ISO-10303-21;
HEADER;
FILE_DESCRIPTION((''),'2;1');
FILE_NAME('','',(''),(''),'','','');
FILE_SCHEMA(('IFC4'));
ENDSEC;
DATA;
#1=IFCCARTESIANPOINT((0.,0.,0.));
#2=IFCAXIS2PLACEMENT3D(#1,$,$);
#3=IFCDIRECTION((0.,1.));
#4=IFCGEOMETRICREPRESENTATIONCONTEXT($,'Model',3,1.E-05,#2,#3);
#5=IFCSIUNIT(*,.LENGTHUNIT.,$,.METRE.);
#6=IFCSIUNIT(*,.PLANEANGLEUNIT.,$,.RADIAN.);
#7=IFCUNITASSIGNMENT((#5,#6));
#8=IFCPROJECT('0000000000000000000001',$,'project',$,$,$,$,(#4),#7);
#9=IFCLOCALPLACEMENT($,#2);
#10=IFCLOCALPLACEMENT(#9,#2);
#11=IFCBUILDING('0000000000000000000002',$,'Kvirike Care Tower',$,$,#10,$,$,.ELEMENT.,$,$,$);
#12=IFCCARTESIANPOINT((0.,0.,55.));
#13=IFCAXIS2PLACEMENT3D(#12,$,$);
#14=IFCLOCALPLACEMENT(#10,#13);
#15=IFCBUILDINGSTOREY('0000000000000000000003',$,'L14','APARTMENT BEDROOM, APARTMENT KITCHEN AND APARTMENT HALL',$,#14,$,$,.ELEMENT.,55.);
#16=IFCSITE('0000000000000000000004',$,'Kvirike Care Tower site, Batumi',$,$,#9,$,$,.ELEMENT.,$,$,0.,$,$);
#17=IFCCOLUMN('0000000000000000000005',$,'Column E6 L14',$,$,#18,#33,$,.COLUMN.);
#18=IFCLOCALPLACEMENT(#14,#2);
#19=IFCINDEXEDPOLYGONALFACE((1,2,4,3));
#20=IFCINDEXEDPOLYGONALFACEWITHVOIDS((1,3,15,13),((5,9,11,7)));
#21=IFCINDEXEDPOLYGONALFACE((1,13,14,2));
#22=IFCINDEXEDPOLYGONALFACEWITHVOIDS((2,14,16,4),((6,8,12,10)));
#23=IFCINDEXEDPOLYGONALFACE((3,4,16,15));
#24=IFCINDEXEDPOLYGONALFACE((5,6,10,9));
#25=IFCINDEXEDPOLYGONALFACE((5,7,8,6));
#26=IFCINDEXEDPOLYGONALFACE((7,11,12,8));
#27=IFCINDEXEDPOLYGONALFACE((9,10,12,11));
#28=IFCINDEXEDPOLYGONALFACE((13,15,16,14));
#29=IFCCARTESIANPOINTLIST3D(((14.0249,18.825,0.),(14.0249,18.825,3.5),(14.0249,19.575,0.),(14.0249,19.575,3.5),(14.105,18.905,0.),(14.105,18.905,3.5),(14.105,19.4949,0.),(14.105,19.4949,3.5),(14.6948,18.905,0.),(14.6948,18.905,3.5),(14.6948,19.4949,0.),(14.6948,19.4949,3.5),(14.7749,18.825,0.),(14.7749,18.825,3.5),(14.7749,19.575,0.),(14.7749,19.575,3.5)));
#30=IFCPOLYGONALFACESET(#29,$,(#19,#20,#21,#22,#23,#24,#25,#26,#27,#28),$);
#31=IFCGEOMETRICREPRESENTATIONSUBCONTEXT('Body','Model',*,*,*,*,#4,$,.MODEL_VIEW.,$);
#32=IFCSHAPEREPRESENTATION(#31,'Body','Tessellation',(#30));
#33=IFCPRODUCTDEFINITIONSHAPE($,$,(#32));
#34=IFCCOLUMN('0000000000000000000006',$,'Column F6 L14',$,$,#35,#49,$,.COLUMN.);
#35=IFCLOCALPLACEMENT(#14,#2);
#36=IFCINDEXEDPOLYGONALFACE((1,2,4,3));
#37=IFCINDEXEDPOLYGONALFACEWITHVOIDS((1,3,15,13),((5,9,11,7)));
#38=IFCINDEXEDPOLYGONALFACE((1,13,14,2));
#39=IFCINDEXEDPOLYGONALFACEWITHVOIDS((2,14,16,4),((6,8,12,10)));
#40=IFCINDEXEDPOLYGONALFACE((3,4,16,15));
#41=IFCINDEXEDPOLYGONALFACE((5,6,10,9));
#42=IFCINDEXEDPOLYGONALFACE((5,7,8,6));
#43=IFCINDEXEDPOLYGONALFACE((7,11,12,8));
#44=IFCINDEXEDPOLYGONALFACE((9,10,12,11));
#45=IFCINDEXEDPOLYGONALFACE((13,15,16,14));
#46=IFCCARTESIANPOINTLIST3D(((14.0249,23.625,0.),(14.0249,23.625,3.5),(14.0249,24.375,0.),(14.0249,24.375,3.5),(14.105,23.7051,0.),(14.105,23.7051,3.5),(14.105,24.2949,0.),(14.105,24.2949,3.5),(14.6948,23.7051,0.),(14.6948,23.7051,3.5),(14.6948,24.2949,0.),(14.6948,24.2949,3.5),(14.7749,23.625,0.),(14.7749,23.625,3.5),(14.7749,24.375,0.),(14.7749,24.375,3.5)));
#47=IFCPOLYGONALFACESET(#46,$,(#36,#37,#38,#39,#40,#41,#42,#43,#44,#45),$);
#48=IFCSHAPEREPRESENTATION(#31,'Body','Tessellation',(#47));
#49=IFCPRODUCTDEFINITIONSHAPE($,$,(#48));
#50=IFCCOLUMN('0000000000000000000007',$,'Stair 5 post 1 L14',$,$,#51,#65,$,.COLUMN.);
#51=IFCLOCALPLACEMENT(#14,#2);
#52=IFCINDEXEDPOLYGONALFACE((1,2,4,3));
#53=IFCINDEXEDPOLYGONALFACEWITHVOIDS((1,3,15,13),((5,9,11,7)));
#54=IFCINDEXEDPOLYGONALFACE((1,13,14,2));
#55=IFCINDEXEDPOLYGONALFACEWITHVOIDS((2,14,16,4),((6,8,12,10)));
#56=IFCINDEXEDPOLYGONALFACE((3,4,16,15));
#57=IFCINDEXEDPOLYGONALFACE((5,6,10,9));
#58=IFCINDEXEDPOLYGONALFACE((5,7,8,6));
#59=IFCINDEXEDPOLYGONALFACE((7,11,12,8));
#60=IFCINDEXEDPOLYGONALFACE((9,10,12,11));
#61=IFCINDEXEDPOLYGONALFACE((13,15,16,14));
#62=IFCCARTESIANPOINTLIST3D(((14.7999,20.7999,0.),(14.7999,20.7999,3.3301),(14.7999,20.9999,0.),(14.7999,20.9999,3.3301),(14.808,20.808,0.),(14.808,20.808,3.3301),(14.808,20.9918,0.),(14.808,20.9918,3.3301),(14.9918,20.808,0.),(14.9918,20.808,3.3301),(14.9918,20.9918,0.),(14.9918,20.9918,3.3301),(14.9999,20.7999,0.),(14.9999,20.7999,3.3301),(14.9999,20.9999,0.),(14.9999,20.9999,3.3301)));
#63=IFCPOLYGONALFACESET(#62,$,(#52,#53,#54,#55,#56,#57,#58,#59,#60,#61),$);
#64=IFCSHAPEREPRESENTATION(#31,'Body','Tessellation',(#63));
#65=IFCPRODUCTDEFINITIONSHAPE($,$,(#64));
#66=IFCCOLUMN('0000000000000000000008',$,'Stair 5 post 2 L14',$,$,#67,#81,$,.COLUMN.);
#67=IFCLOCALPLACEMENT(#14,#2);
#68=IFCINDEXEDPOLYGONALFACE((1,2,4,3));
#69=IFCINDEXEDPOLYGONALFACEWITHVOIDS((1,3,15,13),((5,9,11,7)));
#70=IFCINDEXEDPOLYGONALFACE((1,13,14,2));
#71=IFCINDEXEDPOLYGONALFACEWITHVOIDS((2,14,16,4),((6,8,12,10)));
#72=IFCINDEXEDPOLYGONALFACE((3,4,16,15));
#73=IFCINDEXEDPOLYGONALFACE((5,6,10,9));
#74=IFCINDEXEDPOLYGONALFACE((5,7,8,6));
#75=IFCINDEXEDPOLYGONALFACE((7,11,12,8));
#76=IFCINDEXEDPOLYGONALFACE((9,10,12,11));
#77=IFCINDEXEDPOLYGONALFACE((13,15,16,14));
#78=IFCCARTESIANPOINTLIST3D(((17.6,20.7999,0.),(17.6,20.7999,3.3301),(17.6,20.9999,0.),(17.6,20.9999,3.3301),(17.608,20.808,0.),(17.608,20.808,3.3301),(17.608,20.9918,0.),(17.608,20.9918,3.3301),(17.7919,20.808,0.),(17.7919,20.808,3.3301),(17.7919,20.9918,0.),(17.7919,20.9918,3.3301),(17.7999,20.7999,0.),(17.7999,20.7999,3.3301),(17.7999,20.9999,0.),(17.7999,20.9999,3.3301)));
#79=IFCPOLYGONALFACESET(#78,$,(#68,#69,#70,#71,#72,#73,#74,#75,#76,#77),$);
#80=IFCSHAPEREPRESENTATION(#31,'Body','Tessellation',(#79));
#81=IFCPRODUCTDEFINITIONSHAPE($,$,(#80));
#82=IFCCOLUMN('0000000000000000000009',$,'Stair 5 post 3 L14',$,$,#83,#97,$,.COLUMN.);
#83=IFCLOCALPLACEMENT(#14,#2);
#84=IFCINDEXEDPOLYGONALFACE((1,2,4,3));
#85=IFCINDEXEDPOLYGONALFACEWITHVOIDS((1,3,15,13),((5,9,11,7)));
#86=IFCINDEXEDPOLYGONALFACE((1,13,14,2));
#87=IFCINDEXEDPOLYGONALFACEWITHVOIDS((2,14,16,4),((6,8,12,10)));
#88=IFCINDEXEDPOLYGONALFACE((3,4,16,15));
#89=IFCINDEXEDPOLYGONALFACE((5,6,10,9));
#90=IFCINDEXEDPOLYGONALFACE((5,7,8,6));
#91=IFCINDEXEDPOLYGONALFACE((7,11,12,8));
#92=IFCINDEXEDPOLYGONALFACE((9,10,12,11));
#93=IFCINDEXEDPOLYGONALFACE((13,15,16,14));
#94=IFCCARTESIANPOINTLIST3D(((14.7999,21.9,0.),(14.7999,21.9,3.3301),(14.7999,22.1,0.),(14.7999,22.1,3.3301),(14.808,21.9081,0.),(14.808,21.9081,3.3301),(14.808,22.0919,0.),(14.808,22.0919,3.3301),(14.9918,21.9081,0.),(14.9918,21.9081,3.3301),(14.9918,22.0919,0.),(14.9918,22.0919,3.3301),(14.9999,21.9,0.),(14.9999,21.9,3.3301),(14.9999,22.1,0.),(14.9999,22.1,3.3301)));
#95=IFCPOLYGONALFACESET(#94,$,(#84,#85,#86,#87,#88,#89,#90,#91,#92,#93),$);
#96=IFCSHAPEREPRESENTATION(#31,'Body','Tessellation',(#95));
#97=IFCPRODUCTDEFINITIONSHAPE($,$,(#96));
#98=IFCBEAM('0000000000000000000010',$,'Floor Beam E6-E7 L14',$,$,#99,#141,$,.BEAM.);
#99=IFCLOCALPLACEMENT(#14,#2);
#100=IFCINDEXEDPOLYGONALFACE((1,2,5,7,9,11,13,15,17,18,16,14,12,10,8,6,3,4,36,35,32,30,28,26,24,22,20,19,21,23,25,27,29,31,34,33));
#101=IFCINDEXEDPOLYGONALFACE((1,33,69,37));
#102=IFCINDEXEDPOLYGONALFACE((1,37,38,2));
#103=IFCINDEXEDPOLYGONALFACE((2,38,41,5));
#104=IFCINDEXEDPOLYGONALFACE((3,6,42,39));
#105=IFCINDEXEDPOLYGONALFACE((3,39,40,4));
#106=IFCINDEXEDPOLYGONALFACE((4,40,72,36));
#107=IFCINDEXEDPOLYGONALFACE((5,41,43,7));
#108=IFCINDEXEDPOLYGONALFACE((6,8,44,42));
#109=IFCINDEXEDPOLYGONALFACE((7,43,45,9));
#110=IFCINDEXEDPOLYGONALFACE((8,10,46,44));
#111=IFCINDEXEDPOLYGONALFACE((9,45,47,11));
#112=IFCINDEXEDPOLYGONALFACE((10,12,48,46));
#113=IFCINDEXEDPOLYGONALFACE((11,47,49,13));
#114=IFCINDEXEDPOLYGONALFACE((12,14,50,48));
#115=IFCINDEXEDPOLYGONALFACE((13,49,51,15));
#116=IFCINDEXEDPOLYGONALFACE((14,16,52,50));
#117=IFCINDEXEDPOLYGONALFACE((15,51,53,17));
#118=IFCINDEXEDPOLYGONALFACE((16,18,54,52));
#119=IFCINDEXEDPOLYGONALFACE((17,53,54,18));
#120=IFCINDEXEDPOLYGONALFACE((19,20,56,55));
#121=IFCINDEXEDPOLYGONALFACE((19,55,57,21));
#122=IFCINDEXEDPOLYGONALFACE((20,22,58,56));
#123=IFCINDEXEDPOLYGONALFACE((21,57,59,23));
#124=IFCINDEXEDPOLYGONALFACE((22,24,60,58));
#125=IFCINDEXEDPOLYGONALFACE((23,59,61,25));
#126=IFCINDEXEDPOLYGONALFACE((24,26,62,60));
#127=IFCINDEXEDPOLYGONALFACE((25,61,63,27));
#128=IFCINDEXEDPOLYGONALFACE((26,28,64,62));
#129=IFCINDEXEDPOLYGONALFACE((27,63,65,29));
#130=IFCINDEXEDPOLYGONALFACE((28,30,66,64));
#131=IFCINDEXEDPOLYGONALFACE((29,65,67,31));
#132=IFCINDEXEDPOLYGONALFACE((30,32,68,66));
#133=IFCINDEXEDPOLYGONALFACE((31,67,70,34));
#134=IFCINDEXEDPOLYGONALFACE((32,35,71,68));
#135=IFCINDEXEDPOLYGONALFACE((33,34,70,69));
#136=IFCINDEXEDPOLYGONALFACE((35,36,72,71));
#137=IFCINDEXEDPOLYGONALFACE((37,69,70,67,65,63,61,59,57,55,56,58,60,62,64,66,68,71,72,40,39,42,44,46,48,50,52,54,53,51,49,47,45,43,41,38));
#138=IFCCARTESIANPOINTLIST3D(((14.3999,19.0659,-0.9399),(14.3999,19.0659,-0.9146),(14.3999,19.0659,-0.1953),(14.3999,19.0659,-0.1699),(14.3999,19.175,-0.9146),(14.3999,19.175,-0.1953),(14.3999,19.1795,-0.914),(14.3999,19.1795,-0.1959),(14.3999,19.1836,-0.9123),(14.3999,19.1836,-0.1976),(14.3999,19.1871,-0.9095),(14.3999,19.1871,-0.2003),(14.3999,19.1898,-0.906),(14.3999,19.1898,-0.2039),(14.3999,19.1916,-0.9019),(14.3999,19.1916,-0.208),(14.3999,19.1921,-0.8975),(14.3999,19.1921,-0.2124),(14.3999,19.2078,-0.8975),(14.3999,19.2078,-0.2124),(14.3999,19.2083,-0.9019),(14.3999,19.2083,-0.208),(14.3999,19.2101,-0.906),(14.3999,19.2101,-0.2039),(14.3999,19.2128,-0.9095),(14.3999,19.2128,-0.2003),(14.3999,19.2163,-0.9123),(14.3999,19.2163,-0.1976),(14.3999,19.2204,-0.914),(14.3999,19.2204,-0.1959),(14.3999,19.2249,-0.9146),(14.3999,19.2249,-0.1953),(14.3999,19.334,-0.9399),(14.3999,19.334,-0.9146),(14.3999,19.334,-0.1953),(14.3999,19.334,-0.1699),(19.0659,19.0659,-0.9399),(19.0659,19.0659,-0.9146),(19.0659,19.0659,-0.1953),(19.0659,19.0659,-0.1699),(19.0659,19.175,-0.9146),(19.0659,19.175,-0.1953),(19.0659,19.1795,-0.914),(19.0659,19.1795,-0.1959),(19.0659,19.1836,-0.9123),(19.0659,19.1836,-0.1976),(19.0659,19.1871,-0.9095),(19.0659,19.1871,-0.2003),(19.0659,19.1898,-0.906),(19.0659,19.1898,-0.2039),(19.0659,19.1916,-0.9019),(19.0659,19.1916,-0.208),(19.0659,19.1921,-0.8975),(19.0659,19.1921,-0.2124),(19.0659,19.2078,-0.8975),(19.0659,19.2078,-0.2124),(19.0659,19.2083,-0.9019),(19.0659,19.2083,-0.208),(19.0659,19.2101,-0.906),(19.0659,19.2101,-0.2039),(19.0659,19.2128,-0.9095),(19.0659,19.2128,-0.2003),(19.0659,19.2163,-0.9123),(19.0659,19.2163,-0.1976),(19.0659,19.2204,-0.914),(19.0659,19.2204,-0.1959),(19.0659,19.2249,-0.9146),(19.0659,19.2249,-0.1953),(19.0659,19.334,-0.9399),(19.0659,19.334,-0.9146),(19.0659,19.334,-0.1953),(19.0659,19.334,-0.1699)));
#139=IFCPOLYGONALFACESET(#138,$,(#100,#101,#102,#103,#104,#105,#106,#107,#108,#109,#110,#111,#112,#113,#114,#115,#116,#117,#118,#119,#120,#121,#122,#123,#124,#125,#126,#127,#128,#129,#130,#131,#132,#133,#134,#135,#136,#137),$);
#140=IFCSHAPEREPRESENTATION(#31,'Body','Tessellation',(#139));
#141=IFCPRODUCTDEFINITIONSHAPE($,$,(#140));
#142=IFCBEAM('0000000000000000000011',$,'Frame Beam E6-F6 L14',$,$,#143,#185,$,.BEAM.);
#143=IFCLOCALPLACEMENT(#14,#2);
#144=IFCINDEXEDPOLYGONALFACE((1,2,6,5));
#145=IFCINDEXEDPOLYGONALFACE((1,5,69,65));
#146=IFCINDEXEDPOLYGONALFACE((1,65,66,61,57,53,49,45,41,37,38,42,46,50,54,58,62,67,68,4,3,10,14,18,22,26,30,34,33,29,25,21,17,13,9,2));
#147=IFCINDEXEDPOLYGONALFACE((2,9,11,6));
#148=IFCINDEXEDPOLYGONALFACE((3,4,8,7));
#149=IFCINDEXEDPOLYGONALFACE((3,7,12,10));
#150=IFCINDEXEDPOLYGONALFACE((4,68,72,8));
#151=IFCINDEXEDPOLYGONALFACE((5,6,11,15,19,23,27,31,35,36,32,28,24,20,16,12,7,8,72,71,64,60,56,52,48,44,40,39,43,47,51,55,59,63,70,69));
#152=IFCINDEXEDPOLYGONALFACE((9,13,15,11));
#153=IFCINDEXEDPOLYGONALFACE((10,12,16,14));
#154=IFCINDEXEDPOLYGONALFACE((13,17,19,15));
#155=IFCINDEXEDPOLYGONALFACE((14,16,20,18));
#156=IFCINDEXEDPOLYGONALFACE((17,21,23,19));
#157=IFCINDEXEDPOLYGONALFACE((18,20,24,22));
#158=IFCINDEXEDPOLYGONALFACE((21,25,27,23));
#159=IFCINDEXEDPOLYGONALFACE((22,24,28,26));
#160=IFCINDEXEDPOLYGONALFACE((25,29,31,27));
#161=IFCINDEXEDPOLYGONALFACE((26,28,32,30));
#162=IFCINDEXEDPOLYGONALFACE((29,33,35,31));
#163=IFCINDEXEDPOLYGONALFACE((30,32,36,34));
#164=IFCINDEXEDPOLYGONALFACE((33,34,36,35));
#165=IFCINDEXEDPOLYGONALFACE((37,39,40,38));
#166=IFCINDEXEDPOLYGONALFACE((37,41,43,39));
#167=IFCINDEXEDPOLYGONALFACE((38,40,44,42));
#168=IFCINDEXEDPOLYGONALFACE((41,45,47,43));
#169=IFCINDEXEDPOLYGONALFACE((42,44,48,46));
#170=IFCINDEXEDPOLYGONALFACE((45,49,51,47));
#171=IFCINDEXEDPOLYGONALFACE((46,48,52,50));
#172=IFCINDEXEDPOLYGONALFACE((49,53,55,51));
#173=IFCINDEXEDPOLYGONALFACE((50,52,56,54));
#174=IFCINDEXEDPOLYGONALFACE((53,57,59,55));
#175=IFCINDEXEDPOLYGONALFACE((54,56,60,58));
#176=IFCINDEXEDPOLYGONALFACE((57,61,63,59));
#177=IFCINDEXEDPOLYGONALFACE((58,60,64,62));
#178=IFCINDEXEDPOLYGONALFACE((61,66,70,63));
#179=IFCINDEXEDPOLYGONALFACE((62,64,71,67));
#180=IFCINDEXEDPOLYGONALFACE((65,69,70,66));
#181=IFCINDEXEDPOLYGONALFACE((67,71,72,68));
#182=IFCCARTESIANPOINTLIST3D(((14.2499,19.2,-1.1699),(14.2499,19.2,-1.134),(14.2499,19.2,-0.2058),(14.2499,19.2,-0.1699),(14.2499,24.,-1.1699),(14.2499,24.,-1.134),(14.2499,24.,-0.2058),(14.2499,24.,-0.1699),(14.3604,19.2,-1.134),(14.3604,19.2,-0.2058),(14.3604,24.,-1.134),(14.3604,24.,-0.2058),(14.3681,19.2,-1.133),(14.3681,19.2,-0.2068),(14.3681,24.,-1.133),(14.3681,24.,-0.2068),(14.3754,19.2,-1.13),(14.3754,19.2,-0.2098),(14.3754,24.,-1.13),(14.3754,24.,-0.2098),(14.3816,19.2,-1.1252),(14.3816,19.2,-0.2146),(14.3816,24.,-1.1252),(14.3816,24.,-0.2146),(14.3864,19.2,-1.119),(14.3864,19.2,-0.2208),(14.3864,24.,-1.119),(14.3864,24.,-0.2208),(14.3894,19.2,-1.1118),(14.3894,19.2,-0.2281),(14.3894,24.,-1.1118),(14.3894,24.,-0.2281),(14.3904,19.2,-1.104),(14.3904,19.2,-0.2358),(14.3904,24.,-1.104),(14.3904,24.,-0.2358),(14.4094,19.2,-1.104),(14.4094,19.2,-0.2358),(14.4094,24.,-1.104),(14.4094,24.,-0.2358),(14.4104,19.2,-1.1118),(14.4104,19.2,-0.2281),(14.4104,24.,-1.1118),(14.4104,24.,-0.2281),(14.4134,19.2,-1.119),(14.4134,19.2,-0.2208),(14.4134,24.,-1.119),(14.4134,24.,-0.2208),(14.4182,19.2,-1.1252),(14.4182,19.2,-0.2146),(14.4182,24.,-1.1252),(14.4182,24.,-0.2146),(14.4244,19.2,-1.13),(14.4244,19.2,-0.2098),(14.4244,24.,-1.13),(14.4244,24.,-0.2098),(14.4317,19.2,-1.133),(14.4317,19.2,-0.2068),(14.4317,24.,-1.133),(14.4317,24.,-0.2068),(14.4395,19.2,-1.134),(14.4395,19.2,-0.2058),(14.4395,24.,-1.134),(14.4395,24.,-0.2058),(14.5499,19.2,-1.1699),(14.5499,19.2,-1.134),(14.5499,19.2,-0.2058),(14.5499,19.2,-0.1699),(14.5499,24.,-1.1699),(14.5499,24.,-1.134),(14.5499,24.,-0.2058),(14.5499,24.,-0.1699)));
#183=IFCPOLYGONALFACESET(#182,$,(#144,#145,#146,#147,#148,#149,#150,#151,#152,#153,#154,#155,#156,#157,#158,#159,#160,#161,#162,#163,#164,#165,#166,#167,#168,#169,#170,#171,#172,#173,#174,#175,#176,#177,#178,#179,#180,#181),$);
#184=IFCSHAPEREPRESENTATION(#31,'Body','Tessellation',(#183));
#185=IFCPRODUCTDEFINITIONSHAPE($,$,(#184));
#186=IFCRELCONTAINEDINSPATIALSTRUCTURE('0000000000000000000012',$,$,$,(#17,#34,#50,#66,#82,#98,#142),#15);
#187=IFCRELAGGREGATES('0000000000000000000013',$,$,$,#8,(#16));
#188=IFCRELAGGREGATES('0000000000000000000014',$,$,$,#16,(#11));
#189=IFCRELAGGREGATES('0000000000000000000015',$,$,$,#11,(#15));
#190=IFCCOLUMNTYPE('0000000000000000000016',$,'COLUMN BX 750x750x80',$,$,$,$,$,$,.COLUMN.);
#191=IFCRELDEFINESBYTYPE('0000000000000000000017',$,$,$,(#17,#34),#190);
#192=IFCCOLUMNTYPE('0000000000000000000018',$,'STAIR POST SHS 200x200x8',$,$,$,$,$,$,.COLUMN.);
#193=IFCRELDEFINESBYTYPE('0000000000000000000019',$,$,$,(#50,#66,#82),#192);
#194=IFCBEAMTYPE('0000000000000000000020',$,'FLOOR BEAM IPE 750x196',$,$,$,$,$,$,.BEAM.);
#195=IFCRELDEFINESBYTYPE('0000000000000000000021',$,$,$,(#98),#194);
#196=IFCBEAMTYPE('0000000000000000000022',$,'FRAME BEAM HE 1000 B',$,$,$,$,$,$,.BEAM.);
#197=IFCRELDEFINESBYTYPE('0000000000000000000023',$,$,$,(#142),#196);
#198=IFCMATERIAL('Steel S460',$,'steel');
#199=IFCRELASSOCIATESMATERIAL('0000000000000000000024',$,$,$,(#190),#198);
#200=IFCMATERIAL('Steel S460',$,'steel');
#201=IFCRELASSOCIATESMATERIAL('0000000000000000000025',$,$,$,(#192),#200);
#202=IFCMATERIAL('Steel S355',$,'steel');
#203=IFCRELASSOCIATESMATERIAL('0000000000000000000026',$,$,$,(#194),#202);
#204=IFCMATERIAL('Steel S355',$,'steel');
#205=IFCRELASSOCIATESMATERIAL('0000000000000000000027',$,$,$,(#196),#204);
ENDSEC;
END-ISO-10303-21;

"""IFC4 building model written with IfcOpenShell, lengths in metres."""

from ifc_helpers import new_model, si_unit, direction, frame, origin, origin_2d, place, context, subcontext, project, spatial, hollow_rectangle, i_section, extrude, material, material_profile, profile_set, type_object, element, save


model = new_model("IFC4")

# Units and contexts
model_context = context("Model", 3, precision=1e-05, world=origin(), true_north=direction((0.0, 1.0)))
body_context = subcontext(model_context, "Body", "Model", "MODEL_VIEW")
ifc_project = project(units=[si_unit("LENGTHUNIT", "METRE"), si_unit("PLANEANGLEUNIT", "RADIAN")], contexts=[model_context])

# Site, building, storey
site_placement = place(None, origin())
site = spatial("IfcSite", under=ifc_project, at=site_placement, Name="Kvirike Care Tower site, Batumi", CompositionType="ELEMENT", RefElevation=0.0)
building_placement = place(site_placement, origin())
building = spatial("IfcBuilding", under=site, at=building_placement, Name="Kvirike Care Tower", CompositionType="ELEMENT")
storey_placement = place(building_placement, frame((0.0, 0.0, 55.0)))
storey = spatial("IfcBuildingStorey", under=building, at=storey_placement, Name="L14", Description="APARTMENT BEDROOM, APARTMENT KITCHEN AND APARTMENT HALL", CompositionType="ELEMENT", Elevation=55.0)

# Columns
ifc_material_1 = material(Name="Steel S460", Category="steel")
ifc_material_profile_1 = material_profile(ifc_material_1, hollow_rectangle(XDim=0.75, YDim=0.75, WallThickness=0.0801, at=origin_2d()), Name="BX 750x750x80")
ifc_profile_set_1 = profile_set([ifc_material_profile_1], Name="Steel S460")
column_type_1 = type_object("IfcColumnType", Name="COLUMN BX 750x750x80", PredefinedType="COLUMN", material=ifc_profile_set_1)
for number, where, z_axis, x_axis, name in (
    (1, (14.3999, 19.2, 0.0), (0.0, 0.0, 1.0), (1.0, 0.0, 0.0), "Column E6 L14"),
    (2, (14.3999, 24.0, 0.0), (0.0, 0.0, 1.0), (1.0, 0.0, 0.0), "Column F6 L14"),
):
    element("IfcColumn", number, at=place(storey_placement, frame(where, z_axis=z_axis, x_axis=x_axis)), inside=storey, type_object=column_type_1, Name=name, PredefinedType="COLUMN", context=body_context, shape_type="SweptSolid", body=[
        extrude(hollow_rectangle(XDim=0.75, YDim=0.75, WallThickness=0.0801, at=origin_2d()), origin(), (0.0, 0.0, 1.0), 3.5),
    ])
ifc_material_2 = material(Name="Steel S460", Category="steel")
ifc_material_profile_2 = material_profile(ifc_material_2, hollow_rectangle(XDim=0.2, YDim=0.2, WallThickness=0.0081, at=origin_2d()), Name="SHS 200x200x8")
ifc_profile_set_2 = profile_set([ifc_material_profile_2], Name="Steel S460")
column_type_2 = type_object("IfcColumnType", Name="STAIR POST SHS 200x200x8", PredefinedType="COLUMN", material=ifc_profile_set_2)
for number, where, z_axis, x_axis, name in (
    (3, (14.8999, 20.8999, 0.0), (0.0, 0.0, 1.0), (1.0, 0.0, 0.0), "Stair 5 post 1 L14"),
    (4, (17.7, 20.8999, 0.0), (0.0, 0.0, 1.0), (1.0, 0.0, 0.0), "Stair 5 post 2 L14"),
    (5, (14.8999, 22.0, 0.0), (0.0, 0.0, 1.0), (1.0, 0.0, 0.0), "Stair 5 post 3 L14"),
):
    element("IfcColumn", number, at=place(storey_placement, frame(where, z_axis=z_axis, x_axis=x_axis)), inside=storey, type_object=column_type_2, Name=name, PredefinedType="COLUMN", context=body_context, shape_type="SweptSolid", body=[
        extrude(hollow_rectangle(XDim=0.2, YDim=0.2, WallThickness=0.0081, at=origin_2d()), origin(), (0.0, 0.0, 1.0), 3.3301),
    ])

# Beams
ifc_material_3 = material(Name="Steel S355", Category="steel")
ifc_material_profile_3 = material_profile(ifc_material_3, i_section(OverallWidth=0.2681, OverallDepth=0.77, WebThickness=0.0156, FlangeThickness=0.0254, FilletRadius=0.0171, at=origin_2d()), Name="IPE 750x196")
ifc_profile_set_3 = profile_set([ifc_material_profile_3], Name="Steel S355")
beam_type_1 = type_object("IfcBeamType", Name="FLOOR BEAM IPE 750x196", PredefinedType="BEAM", material=ifc_profile_set_3)
beam_placement = place(storey_placement, frame((14.3999, 19.2, -0.5549), z_axis=(1.0, 0.0, 0.0), x_axis=(0.0, 1.0, 0.0)))
element("IfcBeam", 6, at=beam_placement, inside=storey, type_object=beam_type_1, Name="Floor Beam E6-E7 L14", PredefinedType="BEAM", context=body_context, shape_type="SweptSolid", body=[
    extrude(i_section(OverallWidth=0.2681, OverallDepth=0.77, WebThickness=0.0156, FlangeThickness=0.0254, FilletRadius=0.0171, at=origin_2d()), origin(), (0.0, 0.0, 1.0), 4.666),
])
ifc_material_4 = material(Name="Steel S355", Category="steel")
ifc_material_profile_4 = material_profile(ifc_material_4, i_section(OverallWidth=0.3, OverallDepth=1.0, WebThickness=0.019, FlangeThickness=0.0359, FilletRadius=0.03, at=origin_2d()), Name="HE 1000 B")
ifc_profile_set_4 = profile_set([ifc_material_profile_4], Name="Steel S355")
beam_type_2 = type_object("IfcBeamType", Name="FRAME BEAM HE 1000 B", PredefinedType="BEAM", material=ifc_profile_set_4)
for number, where, z_axis, x_axis, name in (
    (7, (14.3999, 19.2, -0.6699), (0.0, 1.0, 0.0), (-1.0, 0.0, 0.0), "Frame Beam E6-F6 L14"),
):
    element("IfcBeam", number, at=place(storey_placement, frame(where, z_axis=z_axis, x_axis=x_axis)), inside=storey, type_object=beam_type_2, Name=name, PredefinedType="BEAM", context=body_context, shape_type="SweptSolid", body=[
        extrude(i_section(OverallWidth=0.3, OverallDepth=1.0, WebThickness=0.019, FlangeThickness=0.0359, FilletRadius=0.03, at=origin_2d()), origin(), (0.0, 0.0, 1.0), 4.8),
    ])

save(model, "model.ifc")
